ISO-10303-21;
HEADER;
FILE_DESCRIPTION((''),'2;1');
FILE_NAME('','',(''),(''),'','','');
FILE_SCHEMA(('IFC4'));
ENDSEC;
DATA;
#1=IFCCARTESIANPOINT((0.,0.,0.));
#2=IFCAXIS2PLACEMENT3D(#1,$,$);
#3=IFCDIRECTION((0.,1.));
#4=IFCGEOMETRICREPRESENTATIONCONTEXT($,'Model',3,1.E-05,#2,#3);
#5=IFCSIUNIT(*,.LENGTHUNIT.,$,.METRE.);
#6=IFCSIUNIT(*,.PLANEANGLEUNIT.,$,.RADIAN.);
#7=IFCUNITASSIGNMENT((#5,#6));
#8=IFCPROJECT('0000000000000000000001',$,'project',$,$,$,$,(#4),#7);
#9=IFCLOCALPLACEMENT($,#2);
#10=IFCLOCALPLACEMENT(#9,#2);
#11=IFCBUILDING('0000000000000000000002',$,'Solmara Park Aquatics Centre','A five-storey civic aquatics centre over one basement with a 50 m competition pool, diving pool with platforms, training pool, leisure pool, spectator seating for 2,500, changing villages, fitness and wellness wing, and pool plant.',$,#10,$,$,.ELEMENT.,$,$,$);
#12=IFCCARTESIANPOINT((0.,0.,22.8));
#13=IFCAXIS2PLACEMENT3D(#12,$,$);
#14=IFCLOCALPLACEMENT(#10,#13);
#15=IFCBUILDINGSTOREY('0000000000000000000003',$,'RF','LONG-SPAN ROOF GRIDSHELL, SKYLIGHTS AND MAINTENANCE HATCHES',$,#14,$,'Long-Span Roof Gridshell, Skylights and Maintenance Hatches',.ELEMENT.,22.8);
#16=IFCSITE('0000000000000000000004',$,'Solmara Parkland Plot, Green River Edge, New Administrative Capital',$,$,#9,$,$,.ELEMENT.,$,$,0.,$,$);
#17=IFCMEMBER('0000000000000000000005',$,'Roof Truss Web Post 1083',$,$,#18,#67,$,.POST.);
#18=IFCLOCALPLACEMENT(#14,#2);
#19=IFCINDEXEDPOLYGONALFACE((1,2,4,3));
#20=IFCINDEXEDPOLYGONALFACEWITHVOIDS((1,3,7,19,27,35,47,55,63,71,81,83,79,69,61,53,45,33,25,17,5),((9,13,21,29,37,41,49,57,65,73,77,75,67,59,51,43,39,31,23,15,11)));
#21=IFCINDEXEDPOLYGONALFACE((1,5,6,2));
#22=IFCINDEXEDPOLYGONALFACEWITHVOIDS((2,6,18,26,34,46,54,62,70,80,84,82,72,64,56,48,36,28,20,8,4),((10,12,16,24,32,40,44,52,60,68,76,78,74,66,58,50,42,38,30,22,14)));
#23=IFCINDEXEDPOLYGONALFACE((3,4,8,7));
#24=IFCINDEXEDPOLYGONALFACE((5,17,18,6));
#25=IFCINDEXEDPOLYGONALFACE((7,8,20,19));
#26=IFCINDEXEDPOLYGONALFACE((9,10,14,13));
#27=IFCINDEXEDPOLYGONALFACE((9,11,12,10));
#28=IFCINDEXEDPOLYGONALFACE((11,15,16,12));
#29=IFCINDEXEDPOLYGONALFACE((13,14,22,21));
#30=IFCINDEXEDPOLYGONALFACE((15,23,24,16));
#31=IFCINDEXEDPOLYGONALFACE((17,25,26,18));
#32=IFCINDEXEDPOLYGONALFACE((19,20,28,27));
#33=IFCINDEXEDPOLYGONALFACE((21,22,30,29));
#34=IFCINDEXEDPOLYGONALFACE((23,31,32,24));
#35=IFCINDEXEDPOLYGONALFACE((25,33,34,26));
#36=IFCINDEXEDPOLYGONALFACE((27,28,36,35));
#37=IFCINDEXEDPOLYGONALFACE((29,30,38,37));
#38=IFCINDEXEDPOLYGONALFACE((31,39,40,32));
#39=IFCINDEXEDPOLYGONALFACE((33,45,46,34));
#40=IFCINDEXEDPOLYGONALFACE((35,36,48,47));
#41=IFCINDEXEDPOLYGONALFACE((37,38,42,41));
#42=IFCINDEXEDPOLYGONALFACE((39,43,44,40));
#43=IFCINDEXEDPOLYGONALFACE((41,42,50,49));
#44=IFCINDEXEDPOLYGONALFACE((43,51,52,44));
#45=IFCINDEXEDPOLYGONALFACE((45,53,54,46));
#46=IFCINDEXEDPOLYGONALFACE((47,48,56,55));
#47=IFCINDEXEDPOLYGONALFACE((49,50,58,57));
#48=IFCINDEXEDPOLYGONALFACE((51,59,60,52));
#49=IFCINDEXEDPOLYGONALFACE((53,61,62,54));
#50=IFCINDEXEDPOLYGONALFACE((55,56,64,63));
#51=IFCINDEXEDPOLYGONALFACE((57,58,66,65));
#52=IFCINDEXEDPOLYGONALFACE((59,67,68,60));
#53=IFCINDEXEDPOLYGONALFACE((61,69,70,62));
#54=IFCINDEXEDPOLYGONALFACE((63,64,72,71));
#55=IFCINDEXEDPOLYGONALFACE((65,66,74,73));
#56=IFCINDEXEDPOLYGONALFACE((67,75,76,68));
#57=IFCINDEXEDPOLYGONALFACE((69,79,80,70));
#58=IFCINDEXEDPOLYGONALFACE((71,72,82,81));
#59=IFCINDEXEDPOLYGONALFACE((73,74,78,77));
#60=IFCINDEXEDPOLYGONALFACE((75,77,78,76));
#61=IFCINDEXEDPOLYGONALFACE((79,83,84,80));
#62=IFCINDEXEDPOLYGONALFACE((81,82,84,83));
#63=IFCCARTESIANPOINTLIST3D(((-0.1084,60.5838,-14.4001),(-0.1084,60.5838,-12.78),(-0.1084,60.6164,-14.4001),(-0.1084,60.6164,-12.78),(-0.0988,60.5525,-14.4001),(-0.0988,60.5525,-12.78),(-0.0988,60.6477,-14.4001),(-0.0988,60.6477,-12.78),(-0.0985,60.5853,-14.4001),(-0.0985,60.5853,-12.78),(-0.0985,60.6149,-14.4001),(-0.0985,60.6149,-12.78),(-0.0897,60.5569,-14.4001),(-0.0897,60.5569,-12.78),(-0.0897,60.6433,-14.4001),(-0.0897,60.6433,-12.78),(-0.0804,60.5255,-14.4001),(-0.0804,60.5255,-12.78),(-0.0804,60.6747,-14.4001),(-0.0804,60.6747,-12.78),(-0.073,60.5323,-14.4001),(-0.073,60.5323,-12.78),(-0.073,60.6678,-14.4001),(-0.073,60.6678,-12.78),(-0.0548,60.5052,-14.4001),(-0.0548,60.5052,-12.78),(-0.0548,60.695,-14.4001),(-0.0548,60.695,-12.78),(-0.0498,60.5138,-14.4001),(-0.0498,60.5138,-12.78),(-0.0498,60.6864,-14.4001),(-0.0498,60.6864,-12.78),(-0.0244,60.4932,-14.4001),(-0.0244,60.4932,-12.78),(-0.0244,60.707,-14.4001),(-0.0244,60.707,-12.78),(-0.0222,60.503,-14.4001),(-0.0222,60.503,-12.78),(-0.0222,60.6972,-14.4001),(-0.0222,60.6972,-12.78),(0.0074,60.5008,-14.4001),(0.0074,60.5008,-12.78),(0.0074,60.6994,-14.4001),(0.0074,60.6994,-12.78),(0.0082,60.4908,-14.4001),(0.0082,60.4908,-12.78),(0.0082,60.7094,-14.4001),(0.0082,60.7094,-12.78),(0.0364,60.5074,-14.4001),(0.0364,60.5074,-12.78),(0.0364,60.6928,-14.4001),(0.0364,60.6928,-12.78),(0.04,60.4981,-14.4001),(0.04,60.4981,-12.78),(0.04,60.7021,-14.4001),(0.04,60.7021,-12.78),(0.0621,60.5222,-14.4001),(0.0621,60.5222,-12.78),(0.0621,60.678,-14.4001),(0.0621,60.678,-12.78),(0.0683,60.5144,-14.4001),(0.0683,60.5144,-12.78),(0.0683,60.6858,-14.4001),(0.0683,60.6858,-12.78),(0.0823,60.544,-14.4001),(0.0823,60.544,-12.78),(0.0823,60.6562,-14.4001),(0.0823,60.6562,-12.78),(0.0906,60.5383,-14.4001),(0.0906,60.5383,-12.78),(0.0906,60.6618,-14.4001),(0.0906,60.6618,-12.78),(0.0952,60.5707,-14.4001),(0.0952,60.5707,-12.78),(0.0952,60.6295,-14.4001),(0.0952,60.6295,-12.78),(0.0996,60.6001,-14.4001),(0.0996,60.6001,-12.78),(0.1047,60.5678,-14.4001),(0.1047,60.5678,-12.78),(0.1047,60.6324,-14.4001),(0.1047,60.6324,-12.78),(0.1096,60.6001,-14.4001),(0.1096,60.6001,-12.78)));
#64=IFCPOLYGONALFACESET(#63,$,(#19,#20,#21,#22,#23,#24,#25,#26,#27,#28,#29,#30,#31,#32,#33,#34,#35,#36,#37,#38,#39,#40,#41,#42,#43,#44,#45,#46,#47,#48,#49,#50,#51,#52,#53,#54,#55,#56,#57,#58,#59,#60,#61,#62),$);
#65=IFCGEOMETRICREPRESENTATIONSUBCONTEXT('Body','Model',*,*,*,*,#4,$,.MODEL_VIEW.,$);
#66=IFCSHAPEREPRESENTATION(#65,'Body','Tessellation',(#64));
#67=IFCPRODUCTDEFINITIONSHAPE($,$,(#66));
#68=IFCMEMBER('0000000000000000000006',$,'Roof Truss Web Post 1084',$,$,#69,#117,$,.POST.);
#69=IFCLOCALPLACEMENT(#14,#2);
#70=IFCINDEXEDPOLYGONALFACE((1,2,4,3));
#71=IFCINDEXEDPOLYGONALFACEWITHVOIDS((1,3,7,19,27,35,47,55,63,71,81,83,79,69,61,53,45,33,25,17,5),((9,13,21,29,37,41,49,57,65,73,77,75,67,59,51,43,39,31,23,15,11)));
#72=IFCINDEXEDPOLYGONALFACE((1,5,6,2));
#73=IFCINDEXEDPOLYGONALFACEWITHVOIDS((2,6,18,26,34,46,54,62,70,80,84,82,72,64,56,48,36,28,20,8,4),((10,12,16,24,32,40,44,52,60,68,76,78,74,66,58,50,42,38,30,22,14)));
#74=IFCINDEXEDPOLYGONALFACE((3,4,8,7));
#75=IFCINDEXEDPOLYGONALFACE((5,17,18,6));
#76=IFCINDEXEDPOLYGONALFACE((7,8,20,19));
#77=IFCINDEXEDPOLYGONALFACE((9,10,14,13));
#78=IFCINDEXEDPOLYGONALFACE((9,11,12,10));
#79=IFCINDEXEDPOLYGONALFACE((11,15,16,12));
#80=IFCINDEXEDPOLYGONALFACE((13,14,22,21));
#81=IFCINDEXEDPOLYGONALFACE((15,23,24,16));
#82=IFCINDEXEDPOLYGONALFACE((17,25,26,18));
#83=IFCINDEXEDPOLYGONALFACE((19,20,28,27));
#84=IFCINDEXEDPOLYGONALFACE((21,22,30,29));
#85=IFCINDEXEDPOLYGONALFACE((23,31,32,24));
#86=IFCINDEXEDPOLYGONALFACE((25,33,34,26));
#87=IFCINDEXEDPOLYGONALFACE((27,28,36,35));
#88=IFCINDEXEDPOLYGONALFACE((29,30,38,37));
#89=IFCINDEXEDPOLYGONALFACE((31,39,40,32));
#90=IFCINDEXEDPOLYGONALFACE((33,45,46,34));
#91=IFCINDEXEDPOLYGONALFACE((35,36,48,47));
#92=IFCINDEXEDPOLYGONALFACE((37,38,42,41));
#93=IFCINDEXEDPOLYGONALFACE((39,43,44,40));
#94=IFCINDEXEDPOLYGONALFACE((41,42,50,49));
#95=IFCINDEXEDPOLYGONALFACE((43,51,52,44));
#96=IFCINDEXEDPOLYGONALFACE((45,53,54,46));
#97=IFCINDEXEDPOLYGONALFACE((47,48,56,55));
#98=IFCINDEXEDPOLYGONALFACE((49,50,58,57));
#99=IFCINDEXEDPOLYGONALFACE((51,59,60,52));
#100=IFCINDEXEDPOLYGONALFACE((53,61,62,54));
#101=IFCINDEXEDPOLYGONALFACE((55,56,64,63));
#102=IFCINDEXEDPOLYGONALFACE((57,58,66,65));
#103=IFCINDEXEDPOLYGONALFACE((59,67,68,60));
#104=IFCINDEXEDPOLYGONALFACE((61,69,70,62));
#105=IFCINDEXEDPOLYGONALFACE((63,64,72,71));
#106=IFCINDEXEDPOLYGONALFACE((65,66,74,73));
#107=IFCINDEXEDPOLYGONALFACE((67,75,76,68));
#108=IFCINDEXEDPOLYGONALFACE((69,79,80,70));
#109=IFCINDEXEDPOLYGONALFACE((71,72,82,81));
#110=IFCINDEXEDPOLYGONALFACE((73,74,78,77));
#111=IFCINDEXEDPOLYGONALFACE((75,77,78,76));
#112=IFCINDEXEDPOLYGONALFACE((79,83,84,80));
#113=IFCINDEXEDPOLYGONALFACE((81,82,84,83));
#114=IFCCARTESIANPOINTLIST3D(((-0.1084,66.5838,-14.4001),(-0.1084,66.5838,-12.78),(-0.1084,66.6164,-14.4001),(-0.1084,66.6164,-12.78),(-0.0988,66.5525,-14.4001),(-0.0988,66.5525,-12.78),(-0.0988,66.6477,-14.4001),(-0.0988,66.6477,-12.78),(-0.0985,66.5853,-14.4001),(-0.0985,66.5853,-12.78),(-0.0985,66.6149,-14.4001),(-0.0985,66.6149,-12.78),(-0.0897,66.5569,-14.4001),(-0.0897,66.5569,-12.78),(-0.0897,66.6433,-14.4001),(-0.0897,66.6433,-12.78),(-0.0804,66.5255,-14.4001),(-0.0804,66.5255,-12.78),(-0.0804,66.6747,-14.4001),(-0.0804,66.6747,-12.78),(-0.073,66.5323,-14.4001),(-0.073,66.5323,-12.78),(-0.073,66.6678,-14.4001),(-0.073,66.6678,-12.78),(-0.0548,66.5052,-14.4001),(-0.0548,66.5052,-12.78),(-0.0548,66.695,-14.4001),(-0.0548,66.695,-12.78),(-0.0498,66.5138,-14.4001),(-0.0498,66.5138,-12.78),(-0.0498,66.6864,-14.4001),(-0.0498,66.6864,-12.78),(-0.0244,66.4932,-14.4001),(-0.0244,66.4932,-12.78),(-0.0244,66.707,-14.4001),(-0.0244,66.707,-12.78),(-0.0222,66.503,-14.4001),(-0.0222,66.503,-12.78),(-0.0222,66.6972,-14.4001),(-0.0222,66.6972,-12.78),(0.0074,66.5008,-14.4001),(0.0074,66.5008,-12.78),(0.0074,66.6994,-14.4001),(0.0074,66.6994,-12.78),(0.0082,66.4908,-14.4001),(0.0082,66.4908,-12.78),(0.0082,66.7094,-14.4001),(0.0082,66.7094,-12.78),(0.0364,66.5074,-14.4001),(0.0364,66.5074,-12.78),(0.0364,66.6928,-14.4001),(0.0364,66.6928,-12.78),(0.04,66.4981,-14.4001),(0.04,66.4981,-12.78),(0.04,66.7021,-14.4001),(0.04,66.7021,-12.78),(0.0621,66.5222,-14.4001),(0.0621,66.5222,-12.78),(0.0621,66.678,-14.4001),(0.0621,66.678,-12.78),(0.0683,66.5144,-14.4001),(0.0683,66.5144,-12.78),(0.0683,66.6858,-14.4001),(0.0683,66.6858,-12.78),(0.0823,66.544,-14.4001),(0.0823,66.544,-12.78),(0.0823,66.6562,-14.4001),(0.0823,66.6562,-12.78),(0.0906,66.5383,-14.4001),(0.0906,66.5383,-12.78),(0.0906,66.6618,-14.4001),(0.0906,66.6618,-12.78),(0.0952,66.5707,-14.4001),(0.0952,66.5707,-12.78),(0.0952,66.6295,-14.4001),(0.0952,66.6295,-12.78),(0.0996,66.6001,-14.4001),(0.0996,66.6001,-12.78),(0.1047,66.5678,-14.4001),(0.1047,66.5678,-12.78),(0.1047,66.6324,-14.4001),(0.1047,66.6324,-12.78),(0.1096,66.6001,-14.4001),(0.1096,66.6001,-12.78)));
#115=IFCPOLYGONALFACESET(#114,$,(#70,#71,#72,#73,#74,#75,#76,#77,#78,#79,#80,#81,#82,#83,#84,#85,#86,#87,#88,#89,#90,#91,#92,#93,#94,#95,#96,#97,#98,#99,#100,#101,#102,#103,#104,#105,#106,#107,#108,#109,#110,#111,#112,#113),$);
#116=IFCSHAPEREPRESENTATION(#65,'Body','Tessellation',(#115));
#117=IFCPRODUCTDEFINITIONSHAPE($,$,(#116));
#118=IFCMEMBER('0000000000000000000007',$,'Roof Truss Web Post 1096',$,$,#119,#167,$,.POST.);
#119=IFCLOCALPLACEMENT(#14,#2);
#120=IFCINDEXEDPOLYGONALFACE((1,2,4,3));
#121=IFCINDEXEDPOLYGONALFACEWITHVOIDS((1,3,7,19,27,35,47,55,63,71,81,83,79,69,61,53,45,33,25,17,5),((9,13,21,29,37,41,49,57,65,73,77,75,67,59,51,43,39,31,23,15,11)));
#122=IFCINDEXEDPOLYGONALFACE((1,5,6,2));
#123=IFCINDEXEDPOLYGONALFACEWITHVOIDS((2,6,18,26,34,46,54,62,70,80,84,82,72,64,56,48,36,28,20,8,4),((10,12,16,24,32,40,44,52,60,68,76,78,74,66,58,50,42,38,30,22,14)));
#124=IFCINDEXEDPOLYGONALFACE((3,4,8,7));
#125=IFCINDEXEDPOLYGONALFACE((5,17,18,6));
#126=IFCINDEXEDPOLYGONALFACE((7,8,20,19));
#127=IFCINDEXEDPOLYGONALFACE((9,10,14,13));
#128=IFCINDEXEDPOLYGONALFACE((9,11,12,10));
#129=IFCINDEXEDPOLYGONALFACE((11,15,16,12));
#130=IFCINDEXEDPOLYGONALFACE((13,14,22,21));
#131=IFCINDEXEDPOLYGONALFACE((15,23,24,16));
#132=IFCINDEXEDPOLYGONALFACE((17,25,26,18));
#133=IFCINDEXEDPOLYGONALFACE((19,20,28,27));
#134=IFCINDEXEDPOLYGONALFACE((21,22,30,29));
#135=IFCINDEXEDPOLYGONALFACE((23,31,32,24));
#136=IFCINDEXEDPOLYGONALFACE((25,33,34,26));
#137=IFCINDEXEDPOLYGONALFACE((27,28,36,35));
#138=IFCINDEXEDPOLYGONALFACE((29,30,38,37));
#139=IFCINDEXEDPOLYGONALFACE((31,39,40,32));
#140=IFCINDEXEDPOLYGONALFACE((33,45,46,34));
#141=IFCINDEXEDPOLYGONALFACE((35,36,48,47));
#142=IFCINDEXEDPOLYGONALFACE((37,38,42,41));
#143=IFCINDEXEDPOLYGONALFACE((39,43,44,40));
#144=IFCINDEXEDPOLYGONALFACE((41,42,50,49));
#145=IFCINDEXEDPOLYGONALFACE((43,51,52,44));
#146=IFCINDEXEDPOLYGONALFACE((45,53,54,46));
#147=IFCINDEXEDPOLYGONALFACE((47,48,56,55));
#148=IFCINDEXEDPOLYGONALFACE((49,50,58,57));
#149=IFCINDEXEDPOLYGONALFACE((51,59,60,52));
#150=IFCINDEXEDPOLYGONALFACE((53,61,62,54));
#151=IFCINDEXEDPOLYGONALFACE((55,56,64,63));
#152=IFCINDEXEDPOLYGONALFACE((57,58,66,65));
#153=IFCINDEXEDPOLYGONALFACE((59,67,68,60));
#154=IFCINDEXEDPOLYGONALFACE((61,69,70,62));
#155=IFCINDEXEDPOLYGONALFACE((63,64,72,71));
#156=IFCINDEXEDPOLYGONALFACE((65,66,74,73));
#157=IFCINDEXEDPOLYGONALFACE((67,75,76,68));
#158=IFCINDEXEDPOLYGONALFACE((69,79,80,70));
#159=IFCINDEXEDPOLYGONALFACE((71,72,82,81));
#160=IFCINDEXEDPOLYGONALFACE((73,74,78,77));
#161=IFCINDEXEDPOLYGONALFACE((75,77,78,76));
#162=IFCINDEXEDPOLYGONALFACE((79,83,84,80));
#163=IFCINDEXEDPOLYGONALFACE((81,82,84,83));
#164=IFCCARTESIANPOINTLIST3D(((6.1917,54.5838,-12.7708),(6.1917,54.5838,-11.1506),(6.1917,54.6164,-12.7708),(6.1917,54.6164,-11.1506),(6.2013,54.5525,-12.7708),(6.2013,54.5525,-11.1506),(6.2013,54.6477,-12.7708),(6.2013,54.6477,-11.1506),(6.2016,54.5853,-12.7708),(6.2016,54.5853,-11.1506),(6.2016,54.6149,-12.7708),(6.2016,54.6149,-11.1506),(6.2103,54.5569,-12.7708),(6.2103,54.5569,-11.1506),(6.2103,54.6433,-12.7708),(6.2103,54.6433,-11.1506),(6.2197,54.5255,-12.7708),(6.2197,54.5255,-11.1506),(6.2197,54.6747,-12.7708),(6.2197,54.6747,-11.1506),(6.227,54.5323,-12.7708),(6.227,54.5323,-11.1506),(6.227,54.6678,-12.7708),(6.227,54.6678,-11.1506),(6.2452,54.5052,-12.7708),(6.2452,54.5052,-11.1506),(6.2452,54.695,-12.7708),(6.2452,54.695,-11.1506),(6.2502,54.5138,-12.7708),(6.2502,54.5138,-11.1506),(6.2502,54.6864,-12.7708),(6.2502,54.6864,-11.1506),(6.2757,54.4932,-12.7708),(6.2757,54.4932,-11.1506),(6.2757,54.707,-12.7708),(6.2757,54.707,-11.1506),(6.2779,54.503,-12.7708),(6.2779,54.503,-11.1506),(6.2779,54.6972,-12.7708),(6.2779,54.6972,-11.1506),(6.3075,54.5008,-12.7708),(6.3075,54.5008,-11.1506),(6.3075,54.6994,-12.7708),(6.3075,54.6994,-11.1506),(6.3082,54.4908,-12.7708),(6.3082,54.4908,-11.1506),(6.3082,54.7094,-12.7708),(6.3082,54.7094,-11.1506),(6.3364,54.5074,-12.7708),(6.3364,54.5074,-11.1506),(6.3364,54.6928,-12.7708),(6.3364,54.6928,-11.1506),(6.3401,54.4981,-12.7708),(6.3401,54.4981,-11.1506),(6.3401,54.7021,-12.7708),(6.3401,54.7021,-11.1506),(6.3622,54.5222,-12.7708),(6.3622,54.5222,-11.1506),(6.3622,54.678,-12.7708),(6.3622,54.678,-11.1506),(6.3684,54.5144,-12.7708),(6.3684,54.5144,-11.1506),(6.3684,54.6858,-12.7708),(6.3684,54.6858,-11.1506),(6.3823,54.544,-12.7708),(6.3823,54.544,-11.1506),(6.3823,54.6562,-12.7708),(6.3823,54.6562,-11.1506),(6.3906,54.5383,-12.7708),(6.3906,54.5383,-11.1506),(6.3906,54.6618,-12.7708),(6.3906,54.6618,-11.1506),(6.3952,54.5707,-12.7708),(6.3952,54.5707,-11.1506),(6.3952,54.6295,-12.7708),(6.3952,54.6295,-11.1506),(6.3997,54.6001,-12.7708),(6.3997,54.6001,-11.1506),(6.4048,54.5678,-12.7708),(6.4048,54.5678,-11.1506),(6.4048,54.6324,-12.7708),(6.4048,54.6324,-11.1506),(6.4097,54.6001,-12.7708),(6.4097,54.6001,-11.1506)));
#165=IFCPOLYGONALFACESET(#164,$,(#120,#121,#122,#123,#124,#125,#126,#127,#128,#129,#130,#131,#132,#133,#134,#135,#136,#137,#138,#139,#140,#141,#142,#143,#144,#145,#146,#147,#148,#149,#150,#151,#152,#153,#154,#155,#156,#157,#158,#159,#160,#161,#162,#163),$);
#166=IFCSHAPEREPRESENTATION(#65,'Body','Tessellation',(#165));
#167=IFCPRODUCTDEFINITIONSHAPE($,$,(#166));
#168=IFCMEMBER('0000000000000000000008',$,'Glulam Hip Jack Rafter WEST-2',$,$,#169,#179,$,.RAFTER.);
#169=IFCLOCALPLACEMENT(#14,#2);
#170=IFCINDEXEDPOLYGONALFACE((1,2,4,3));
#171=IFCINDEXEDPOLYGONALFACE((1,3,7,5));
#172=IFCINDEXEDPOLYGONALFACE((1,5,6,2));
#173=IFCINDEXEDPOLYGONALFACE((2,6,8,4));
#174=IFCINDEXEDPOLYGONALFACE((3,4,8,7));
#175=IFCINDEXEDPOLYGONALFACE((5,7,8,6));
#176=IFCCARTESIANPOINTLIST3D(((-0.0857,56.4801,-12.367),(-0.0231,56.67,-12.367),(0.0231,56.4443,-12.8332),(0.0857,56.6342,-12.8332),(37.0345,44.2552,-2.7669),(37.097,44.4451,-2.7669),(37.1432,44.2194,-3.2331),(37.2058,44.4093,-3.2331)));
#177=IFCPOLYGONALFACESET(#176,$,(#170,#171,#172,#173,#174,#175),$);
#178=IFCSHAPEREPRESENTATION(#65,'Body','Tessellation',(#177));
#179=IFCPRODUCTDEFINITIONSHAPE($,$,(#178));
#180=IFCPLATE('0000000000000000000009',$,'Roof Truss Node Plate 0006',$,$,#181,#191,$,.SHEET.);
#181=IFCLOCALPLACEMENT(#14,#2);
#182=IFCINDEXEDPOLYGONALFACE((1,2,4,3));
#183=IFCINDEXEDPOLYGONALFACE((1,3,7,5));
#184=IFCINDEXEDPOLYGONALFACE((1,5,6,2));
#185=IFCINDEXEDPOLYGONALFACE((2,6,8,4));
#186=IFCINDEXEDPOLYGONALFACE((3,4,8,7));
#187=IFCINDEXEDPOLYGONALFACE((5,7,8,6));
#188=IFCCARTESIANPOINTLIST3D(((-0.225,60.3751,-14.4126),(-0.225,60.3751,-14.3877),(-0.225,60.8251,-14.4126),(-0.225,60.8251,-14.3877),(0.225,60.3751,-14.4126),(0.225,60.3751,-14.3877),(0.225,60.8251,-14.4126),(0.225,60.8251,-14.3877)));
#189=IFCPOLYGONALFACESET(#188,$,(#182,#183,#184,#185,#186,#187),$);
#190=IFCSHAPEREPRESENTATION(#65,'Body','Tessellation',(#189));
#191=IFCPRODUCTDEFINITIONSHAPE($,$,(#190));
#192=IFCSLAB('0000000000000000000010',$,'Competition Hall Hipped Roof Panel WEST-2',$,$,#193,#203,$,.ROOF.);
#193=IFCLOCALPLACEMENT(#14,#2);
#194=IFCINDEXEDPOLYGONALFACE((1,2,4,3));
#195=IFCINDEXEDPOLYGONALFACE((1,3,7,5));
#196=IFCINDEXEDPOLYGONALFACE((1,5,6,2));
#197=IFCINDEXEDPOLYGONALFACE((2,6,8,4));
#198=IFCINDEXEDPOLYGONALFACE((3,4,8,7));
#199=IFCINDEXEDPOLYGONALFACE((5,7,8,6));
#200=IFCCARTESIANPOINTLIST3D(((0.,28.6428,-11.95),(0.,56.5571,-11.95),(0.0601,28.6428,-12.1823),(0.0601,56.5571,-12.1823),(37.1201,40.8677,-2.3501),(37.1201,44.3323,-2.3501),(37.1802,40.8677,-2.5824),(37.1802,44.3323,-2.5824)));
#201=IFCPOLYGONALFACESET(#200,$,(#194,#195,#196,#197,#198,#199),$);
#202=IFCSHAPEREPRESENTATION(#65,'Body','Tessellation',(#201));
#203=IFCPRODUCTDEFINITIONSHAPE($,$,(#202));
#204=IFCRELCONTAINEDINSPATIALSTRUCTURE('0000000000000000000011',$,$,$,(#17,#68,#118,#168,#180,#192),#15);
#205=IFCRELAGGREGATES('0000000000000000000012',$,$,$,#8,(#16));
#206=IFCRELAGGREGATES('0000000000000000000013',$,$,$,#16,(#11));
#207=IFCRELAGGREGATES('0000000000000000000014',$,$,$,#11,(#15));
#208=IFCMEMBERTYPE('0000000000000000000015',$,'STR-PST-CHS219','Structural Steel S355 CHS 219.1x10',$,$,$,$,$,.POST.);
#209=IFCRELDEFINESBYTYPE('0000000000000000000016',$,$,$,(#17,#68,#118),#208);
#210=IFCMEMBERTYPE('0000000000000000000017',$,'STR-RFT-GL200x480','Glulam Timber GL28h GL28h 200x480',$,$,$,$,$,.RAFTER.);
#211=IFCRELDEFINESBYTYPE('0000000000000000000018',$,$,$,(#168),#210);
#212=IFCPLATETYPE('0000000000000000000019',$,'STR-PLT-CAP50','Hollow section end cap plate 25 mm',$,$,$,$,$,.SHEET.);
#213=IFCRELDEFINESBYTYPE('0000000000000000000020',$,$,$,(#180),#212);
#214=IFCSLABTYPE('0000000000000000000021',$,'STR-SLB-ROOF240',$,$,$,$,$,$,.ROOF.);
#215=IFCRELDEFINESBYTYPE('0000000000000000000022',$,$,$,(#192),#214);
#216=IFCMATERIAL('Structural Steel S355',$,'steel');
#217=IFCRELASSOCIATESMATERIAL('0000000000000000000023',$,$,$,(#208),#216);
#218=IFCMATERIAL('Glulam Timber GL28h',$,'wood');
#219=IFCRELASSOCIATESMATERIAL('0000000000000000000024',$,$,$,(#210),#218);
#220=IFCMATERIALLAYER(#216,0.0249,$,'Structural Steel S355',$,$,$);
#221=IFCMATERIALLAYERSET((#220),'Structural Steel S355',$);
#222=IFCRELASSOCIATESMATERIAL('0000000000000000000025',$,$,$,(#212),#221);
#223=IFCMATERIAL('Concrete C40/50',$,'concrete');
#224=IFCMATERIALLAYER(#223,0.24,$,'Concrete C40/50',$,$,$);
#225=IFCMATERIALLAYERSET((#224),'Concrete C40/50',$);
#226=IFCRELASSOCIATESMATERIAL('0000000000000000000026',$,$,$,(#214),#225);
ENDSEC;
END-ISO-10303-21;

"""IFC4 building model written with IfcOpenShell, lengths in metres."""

from ifc_helpers import new_model, si_unit, direction, frame, origin, origin_2d, place, context, subcontext, project, spatial, polyline, rectangle, hollow_circle, outline, extrude, material, layer, layer_set, material_profile, profile_set, type_object, element, save


model = new_model("IFC4")

# Units and contexts
model_context = context("Model", 3, precision=1e-05, world=origin(), true_north=direction((0.0, 1.0)))
body_context = subcontext(model_context, "Body", "Model", "MODEL_VIEW")
ifc_project = project(units=[si_unit("LENGTHUNIT", "METRE"), si_unit("PLANEANGLEUNIT", "RADIAN")], contexts=[model_context])

# Site, building, storey
site_placement = place(None, origin())
site = spatial("IfcSite", under=ifc_project, at=site_placement, Name="Solmara Parkland Plot, Green River Edge, New Administrative Capital", CompositionType="ELEMENT", RefElevation=0.0)
building_placement = place(site_placement, origin())
building = spatial("IfcBuilding", under=site, at=building_placement, Name="Solmara Park Aquatics Centre", Description="A five-storey civic aquatics centre over one basement with a 50 m competition pool, diving pool with platforms, training pool, leisure pool, spectator seating for 2,500, changing villages, fitness and wellness wing, and pool plant.", CompositionType="ELEMENT")
storey_placement = place(building_placement, frame((0.0, 0.0, 22.8)))
storey = spatial("IfcBuildingStorey", under=building, at=storey_placement, Name="RF", Description="LONG-SPAN ROOF GRIDSHELL, SKYLIGHTS AND MAINTENANCE HATCHES", LongName="Long-Span Roof Gridshell, Skylights and Maintenance Hatches", CompositionType="ELEMENT", Elevation=22.8)

# Members
ifc_material_1 = material(Name="Structural Steel S355", Category="steel")
ifc_material_2 = material(Name="Glulam Timber GL28h", Category="wood")
ifc_material_profile_1 = material_profile(ifc_material_1, hollow_circle(Radius=0.1096, WallThickness=0.01, at=origin_2d()), Name="CHS 219.1x10")
ifc_profile_set_1 = profile_set([ifc_material_profile_1], Name="Structural Steel S355")
member_type_1 = type_object("IfcMemberType", Name="STR-PST-CHS219", Description="Structural Steel S355 CHS 219.1x10", PredefinedType="POST", material=ifc_profile_set_1)
for number, where, z_axis, x_axis, name in (
    (1, (0.0, 60.6001, -14.4001), (0.0, 0.0, 1.0), (1.0, 0.0, 0.0), "Roof Truss Web Post 1083"),
    (2, (0.0, 66.6001, -14.4001), (0.0, 0.0, 1.0), (1.0, 0.0, 0.0), "Roof Truss Web Post 1084"),
    (3, (6.3, 54.6001, -12.7708), (0.0, 0.0, 1.0), (1.0, 0.0, 0.0), "Roof Truss Web Post 1096"),
):
    element("IfcMember", number, at=place(storey_placement, frame(where, z_axis=z_axis, x_axis=x_axis)), inside=storey, type_object=member_type_1, Name=name, PredefinedType="POST", context=body_context, shape_type="SweptSolid", body=[
        extrude(hollow_circle(Radius=0.1096, WallThickness=0.01, at=origin_2d()), origin(), (0.0, 0.0, 1.0), 1.6201),
    ])
ifc_material_profile_2 = material_profile(ifc_material_2, rectangle(XDim=0.2, YDim=0.48, at=origin_2d()), Name="GL28h 200x480")
ifc_profile_set_2 = profile_set([ifc_material_profile_2], Name="Glulam Timber GL28h")
member_type_2 = type_object("IfcMemberType", Name="STR-RFT-GL200x480", Description="Glulam Timber GL28h GL28h 200x480", PredefinedType="RAFTER", material=ifc_profile_set_2)
member_1_placement = place(storey_placement, frame((0.0, 56.5571, -12.6001), z_axis=(0.922396, -0.303775, 0.238552), x_axis=(0.312805, 0.949817, 0.0)))
element("IfcMember", 4, at=member_1_placement, inside=storey, type_object=member_type_2, Name="Glulam Hip Jack Rafter WEST-2", PredefinedType="RAFTER", context=body_context, shape_type="SweptSolid", body=[
    extrude(rectangle(XDim=0.2, YDim=0.48, at=origin_2d()), origin(), (0.0, 0.0, 1.0), 40.2432),
])

# Plate
ifc_layer_1 = layer(ifc_material_1, 0.0249, Name="Structural Steel S355")
ifc_layer_set_1 = layer_set([ifc_layer_1], Name="Structural Steel S355")
plate_type = type_object("IfcPlateType", Name="STR-PLT-CAP50", Description="Hollow section end cap plate 25 mm", PredefinedType="SHEET", material=ifc_layer_set_1)
plate_placement = place(storey_placement, frame((0.0, 60.6001, -14.4126), z_axis=(0.0, 0.0, 1.0), x_axis=(1.0, 0.0, 0.0)))
element("IfcPlate", 5, at=plate_placement, inside=storey, type_object=plate_type, Name="Roof Truss Node Plate 0006", PredefinedType="SHEET", context=body_context, shape_type="SweptSolid", body=[
    extrude(rectangle(XDim=0.45, YDim=0.45, at=origin_2d()), origin(), (0.0, 0.0, 1.0), 0.0249),
])

# Slab
ifc_material_3 = material(Name="Concrete C40/50", Category="concrete")
ifc_layer_2 = layer(ifc_material_3, 0.24, Name="Concrete C40/50")
ifc_layer_set_2 = layer_set([ifc_layer_2], Name="Concrete C40/50")
slab_type = type_object("IfcSlabType", Name="STR-SLB-ROOF240", PredefinedType="ROOF", material=ifc_layer_set_2)
slab_placement = place(storey_placement, frame((0.0, 56.5571, -11.95), z_axis=(-0.250379, 0.0, 0.968148), x_axis=(0.0, -1.0, 0.0)))
element("IfcSlab", 6, at=slab_placement, inside=storey, type_object=slab_type, Name="Competition Hall Hipped Roof Panel WEST-2", PredefinedType="ROOF", context=body_context, shape_type="SweptSolid", body=[
    extrude(outline(polyline([(0.0, 0.0), (27.9143, 0.0), (15.6895, 38.3414), (12.2249, 38.3414), (0.0, 0.0)])), origin(), (0.0, 0.0, -1.0), 0.24),
])

save(model, "model.ifc")
